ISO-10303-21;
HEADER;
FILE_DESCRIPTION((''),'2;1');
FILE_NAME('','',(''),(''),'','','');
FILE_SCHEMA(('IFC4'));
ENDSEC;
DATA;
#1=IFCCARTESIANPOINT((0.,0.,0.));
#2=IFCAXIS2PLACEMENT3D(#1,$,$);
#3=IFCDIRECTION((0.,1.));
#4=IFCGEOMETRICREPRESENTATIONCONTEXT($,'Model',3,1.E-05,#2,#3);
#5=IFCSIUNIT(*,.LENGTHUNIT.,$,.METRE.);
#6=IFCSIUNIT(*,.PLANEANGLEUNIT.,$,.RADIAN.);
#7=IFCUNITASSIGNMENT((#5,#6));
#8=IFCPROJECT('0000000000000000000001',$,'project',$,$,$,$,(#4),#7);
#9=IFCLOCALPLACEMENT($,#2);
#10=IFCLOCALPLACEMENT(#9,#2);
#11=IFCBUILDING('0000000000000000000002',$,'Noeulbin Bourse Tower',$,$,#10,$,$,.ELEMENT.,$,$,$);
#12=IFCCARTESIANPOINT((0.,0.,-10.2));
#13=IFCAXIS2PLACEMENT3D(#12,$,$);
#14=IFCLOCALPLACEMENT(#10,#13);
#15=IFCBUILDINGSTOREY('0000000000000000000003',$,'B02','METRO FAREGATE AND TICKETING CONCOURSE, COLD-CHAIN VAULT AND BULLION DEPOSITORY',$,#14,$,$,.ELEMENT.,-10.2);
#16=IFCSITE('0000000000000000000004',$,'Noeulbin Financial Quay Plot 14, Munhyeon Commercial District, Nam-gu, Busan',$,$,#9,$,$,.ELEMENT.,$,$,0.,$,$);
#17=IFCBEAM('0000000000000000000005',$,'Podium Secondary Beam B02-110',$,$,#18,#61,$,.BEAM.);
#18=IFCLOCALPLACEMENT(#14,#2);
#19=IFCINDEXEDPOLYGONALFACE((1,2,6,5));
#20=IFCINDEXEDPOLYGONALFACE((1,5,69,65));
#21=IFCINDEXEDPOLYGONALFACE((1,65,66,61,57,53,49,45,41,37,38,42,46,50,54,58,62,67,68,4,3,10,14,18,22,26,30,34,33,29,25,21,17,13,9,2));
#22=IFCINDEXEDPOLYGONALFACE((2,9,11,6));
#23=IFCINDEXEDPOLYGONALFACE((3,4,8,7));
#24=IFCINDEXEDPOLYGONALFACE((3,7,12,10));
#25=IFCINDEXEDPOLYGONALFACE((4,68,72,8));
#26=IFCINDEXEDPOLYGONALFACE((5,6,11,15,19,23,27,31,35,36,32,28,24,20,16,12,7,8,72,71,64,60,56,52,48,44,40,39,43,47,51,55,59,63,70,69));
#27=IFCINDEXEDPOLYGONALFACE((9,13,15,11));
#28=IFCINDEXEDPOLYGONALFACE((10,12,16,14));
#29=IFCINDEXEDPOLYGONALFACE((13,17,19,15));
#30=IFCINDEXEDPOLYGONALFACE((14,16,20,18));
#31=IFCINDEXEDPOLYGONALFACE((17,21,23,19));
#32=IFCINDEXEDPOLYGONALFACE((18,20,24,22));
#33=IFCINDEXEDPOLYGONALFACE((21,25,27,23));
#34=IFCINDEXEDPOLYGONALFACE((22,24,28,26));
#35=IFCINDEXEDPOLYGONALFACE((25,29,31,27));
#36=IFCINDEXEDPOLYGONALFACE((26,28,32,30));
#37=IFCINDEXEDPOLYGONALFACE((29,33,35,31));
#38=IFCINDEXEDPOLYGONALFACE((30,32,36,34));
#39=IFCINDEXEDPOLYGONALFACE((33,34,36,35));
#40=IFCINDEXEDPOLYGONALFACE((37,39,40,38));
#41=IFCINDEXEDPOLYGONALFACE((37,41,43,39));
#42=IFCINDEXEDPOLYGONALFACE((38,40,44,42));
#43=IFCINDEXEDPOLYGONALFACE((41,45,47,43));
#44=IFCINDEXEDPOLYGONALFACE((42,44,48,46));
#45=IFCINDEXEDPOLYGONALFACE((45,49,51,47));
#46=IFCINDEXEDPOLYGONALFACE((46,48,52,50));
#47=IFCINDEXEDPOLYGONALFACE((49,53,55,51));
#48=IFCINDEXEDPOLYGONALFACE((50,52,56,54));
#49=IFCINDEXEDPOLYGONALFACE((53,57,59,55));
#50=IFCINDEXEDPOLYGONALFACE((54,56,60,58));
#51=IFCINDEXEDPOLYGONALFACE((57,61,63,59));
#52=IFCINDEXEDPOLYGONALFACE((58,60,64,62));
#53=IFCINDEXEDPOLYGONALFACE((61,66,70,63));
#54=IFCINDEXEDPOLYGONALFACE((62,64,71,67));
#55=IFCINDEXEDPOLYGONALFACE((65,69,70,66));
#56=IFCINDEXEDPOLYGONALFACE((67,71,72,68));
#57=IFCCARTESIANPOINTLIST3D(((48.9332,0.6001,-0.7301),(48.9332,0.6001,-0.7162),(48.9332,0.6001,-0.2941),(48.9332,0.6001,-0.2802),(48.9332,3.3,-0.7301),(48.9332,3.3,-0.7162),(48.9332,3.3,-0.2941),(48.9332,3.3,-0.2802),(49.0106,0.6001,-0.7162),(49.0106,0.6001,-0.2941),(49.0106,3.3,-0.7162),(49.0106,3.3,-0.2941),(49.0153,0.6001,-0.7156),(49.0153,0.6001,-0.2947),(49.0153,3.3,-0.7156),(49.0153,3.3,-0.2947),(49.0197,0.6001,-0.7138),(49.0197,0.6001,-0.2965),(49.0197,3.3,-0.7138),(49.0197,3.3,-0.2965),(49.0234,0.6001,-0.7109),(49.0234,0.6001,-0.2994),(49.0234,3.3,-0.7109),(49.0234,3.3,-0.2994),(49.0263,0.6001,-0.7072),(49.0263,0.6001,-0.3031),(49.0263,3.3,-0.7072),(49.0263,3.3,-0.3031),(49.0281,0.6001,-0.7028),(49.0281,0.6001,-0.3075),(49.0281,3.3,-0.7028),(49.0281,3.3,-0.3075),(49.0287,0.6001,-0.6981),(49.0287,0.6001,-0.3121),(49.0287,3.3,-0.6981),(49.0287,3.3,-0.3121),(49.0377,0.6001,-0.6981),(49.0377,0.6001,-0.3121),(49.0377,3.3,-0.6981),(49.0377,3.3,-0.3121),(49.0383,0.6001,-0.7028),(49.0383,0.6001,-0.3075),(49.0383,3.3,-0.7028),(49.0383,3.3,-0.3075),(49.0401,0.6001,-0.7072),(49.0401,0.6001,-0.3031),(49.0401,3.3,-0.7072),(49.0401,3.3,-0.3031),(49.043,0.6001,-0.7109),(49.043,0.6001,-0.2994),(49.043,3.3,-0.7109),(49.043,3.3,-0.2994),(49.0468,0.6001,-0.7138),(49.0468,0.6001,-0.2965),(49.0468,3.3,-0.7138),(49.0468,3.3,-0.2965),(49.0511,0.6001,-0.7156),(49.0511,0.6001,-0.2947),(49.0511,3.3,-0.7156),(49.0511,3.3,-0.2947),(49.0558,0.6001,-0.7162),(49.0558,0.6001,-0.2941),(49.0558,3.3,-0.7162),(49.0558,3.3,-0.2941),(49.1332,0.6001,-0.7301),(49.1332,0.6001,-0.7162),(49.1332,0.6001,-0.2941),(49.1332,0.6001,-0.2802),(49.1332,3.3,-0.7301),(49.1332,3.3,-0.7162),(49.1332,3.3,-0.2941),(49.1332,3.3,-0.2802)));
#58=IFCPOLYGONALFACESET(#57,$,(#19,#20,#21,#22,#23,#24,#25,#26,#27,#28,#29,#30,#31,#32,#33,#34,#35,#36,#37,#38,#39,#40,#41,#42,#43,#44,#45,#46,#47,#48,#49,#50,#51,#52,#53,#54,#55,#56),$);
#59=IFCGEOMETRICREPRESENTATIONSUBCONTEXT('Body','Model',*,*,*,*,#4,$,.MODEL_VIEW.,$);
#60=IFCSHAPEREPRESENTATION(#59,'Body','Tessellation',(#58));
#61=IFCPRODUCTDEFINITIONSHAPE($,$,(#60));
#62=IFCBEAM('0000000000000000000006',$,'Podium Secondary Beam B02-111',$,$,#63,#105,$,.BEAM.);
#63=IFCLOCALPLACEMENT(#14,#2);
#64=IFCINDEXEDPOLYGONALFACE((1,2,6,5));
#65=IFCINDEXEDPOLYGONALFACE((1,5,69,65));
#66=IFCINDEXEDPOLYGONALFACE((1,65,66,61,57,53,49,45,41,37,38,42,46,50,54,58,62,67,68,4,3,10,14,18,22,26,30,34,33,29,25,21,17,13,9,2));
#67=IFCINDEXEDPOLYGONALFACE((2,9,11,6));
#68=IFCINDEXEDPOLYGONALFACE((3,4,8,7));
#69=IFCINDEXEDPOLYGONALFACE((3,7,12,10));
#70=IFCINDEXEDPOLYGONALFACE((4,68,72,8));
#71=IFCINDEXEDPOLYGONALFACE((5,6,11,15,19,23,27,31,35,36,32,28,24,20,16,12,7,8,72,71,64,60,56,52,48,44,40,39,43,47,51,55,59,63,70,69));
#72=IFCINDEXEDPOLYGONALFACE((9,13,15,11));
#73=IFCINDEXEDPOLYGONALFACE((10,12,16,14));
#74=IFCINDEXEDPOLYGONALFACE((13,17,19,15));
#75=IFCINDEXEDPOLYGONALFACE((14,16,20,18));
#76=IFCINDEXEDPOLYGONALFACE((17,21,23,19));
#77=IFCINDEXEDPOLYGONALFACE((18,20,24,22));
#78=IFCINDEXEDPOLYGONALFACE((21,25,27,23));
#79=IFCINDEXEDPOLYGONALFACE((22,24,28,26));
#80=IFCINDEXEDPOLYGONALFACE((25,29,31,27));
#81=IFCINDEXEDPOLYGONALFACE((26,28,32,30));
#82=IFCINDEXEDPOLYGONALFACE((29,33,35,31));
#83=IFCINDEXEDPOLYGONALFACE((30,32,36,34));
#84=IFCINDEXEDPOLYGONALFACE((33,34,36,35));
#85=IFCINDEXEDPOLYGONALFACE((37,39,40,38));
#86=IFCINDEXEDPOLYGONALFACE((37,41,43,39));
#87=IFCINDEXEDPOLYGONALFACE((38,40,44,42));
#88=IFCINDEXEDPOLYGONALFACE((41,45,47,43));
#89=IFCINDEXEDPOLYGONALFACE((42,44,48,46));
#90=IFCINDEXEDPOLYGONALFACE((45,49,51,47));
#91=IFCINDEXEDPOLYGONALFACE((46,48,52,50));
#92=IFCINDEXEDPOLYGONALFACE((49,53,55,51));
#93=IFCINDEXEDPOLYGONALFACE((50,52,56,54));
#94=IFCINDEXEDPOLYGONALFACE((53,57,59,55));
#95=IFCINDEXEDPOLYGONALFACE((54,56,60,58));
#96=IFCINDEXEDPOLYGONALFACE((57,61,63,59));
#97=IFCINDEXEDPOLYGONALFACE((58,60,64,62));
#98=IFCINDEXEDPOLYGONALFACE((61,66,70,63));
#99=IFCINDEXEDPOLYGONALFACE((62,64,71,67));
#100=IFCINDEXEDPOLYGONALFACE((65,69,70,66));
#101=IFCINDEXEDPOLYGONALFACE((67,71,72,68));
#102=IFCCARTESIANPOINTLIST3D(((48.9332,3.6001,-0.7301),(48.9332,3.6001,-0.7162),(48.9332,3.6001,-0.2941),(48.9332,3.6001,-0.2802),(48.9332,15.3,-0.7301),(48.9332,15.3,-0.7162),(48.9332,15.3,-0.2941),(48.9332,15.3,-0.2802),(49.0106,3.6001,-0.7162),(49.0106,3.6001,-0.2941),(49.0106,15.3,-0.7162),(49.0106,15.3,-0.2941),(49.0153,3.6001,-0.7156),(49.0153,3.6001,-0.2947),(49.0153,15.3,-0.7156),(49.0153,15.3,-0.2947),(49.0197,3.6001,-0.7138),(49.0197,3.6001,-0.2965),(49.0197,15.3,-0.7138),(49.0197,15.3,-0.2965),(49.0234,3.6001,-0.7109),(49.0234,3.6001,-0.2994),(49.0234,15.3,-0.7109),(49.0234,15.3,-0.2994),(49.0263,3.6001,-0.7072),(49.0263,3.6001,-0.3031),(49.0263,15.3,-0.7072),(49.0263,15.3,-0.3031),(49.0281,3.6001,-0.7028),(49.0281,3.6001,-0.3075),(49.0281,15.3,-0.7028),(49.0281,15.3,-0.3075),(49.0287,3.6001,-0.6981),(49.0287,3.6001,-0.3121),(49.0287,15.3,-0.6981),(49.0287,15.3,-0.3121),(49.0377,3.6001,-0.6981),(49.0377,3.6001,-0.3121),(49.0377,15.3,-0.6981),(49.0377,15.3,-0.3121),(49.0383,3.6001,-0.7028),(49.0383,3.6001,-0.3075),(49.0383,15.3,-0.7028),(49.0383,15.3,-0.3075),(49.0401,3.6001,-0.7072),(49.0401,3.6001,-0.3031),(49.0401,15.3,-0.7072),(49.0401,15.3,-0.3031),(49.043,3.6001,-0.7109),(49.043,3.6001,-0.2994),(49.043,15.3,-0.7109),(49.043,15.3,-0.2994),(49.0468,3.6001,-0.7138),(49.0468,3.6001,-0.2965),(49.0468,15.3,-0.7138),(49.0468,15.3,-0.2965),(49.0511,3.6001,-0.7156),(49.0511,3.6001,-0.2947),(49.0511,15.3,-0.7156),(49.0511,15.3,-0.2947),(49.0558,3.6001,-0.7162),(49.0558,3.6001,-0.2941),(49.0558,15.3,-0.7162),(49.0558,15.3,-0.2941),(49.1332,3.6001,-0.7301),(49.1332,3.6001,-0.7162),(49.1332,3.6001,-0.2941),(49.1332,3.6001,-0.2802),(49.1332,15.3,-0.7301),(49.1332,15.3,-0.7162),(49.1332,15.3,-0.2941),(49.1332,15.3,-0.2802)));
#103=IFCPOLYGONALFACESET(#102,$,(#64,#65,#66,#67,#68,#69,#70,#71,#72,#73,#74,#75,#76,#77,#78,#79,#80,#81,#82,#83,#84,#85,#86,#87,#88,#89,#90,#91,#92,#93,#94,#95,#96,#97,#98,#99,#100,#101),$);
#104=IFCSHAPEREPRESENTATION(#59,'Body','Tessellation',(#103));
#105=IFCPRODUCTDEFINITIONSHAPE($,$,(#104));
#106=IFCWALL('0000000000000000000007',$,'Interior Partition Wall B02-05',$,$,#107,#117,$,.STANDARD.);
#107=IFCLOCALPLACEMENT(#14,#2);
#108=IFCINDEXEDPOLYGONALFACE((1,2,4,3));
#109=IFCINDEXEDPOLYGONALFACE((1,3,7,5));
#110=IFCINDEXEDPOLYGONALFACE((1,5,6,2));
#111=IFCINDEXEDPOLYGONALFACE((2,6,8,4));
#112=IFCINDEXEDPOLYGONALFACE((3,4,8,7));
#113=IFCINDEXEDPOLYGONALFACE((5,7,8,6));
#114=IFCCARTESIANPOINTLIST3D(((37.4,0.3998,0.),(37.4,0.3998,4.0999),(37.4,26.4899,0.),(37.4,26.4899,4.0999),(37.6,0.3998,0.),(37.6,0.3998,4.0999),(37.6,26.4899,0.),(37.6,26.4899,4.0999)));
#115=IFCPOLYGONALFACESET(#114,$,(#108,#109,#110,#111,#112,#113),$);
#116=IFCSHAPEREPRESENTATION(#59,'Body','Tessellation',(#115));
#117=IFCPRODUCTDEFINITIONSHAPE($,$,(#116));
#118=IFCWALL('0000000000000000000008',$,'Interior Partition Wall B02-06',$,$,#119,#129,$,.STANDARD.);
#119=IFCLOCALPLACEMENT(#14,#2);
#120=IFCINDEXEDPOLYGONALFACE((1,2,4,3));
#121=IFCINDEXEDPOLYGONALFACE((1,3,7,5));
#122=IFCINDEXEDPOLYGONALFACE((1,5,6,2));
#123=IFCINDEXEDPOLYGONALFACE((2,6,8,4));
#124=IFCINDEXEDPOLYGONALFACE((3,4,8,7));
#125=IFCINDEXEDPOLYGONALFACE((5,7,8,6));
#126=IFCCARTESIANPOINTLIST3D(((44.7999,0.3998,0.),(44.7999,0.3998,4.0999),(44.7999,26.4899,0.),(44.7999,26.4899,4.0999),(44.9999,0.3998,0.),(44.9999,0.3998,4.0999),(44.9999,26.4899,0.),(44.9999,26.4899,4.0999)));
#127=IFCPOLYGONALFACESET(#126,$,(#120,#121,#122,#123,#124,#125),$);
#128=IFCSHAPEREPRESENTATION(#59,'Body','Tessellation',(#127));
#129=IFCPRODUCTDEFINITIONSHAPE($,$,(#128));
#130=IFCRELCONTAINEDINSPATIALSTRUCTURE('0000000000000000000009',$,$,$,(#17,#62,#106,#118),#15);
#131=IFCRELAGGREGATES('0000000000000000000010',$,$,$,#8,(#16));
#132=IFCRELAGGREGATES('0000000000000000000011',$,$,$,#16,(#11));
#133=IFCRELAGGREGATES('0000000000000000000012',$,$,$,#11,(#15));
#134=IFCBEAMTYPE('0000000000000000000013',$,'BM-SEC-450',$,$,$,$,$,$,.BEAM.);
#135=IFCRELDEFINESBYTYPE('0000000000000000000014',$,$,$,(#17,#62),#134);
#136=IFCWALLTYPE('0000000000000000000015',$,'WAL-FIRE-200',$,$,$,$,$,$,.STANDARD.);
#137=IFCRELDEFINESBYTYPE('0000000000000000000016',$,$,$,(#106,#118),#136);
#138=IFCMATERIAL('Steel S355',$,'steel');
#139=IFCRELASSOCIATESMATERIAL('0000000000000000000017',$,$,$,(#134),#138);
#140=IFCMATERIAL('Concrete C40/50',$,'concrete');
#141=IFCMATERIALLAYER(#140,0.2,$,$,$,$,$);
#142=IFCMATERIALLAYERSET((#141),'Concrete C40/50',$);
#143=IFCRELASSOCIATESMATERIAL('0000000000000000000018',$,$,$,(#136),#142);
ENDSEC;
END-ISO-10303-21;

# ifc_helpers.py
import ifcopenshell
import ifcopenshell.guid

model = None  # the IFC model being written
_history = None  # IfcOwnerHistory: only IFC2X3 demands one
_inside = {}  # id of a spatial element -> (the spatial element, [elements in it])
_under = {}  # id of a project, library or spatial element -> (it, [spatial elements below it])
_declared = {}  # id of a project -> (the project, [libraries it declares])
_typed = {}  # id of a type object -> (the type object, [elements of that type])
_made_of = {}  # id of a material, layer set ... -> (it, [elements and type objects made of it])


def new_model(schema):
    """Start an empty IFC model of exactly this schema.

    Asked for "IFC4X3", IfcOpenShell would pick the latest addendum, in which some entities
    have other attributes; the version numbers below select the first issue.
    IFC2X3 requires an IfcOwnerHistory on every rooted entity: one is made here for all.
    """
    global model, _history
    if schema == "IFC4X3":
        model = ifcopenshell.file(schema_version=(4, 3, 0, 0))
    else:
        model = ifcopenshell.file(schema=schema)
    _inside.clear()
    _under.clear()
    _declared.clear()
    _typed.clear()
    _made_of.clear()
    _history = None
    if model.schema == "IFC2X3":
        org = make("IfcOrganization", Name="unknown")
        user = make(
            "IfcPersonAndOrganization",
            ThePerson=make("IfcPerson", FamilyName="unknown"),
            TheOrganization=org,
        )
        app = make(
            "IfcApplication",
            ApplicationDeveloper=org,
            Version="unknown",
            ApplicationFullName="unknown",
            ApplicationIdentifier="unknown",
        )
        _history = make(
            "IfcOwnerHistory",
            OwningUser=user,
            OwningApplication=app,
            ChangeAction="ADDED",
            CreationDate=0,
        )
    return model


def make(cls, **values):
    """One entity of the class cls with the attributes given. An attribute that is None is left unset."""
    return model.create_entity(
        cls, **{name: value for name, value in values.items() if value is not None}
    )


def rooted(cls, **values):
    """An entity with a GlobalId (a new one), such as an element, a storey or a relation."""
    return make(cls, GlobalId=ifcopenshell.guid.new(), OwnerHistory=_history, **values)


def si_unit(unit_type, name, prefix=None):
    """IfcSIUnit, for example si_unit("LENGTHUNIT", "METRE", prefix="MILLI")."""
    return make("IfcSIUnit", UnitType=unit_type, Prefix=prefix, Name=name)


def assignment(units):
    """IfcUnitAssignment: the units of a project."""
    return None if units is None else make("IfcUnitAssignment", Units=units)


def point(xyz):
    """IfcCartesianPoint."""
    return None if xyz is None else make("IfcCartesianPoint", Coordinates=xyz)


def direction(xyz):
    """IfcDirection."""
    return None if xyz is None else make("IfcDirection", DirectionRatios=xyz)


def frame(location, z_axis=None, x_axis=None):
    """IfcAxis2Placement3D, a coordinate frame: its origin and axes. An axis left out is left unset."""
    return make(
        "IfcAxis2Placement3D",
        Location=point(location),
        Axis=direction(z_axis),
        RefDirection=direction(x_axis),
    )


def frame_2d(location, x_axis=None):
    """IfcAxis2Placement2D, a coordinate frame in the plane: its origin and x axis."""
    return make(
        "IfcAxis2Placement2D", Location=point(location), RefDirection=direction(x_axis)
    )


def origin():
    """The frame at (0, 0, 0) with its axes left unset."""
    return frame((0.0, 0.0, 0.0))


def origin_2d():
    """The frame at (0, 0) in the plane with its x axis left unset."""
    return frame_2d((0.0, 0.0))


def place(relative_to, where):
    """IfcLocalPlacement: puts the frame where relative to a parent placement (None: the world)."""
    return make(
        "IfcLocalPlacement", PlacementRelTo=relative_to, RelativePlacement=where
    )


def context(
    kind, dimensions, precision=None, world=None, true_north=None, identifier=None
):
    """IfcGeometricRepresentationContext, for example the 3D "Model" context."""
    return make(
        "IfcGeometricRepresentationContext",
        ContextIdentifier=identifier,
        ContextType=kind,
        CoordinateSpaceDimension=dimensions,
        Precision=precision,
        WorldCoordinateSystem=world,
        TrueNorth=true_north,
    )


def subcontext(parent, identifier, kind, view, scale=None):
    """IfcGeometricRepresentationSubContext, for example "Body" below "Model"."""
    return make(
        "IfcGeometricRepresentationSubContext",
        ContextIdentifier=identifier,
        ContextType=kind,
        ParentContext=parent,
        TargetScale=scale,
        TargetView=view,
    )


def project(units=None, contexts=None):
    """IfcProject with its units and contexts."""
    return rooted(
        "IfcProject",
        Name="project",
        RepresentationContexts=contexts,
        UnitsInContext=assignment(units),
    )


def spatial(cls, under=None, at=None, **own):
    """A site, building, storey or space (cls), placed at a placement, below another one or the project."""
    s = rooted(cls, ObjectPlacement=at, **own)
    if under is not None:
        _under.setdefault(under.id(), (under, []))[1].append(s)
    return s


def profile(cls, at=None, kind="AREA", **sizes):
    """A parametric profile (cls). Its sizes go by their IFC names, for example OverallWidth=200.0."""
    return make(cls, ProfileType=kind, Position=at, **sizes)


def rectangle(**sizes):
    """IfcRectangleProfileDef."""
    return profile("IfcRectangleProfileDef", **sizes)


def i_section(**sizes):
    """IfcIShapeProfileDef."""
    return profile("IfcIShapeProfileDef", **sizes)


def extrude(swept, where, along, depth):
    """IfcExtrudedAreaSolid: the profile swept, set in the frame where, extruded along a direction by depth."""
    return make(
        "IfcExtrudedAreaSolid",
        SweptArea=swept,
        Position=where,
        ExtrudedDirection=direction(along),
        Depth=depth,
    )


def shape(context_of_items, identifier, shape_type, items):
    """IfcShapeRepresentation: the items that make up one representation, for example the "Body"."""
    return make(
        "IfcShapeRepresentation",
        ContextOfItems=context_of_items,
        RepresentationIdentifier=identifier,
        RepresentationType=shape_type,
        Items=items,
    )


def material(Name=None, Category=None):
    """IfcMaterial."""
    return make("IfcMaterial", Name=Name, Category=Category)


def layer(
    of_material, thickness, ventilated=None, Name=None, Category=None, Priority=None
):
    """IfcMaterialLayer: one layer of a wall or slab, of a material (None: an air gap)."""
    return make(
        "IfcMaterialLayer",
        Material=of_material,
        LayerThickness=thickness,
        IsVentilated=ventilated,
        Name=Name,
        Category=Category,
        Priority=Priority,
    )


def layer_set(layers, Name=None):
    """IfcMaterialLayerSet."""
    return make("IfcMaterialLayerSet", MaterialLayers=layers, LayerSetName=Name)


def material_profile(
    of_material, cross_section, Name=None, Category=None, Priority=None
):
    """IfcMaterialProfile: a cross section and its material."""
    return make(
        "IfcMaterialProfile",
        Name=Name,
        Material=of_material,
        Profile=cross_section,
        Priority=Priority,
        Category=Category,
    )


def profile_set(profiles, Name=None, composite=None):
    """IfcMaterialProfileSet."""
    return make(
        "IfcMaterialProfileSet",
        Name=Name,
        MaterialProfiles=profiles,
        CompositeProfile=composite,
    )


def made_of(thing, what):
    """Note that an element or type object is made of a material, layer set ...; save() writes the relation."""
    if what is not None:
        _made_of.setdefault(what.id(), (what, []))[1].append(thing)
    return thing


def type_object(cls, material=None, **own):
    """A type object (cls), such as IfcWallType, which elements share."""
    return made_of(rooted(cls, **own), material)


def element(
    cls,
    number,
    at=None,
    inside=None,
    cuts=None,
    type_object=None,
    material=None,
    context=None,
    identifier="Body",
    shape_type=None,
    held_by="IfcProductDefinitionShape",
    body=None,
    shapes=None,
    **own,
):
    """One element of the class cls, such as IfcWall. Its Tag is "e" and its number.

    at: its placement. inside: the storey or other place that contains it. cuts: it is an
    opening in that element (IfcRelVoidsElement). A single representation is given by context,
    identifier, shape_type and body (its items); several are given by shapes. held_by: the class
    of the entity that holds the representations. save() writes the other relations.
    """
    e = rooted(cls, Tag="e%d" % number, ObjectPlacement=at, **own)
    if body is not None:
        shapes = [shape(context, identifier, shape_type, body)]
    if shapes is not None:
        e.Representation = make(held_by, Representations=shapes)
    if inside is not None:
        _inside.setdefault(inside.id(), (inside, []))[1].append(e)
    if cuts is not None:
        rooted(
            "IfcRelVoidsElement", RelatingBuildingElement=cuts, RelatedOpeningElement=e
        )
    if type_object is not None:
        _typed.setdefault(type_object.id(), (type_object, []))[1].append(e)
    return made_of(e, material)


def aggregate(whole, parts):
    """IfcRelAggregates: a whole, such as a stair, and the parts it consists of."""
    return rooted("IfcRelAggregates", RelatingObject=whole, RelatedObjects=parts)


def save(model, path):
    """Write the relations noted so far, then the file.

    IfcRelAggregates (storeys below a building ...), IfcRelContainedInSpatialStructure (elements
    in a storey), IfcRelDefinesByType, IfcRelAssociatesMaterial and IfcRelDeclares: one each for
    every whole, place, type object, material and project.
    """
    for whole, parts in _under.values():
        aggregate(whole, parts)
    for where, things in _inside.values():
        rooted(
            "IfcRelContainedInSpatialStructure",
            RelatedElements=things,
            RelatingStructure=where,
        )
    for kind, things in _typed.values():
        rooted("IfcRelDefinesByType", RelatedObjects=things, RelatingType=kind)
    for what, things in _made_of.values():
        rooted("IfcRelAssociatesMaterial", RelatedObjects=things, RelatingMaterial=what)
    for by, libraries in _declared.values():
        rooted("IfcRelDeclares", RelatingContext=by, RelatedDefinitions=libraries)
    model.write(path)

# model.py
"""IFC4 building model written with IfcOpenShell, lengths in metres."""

from ifc_helpers import new_model, si_unit, direction, frame, frame_2d, origin, origin_2d, place, context, subcontext, project, spatial, rectangle, i_section, extrude, material, layer, layer_set, material_profile, profile_set, type_object, element, save


model = new_model("IFC4")

# Units and contexts
model_context = context("Model", 3, precision=1e-05, world=origin(), true_north=direction((0.0, 1.0)))
body_context = subcontext(model_context, "Body", "Model", "MODEL_VIEW")
ifc_project = project(units=[si_unit("LENGTHUNIT", "METRE"), si_unit("PLANEANGLEUNIT", "RADIAN")], contexts=[model_context])

# Site, building, storey
site_placement = place(None, origin())
site = spatial("IfcSite", under=ifc_project, at=site_placement, Name="Noeulbin Financial Quay Plot 14, Munhyeon Commercial District, Nam-gu, Busan", CompositionType="ELEMENT", RefElevation=0.0)
building_placement = place(site_placement, origin())
building = spatial("IfcBuilding", under=site, at=building_placement, Name="Noeulbin Bourse Tower", CompositionType="ELEMENT")
storey_placement = place(building_placement, frame((0.0, 0.0, -10.2)))
storey = spatial("IfcBuildingStorey", under=building, at=storey_placement, Name="B02", Description="METRO FAREGATE AND TICKETING CONCOURSE, COLD-CHAIN VAULT AND BULLION DEPOSITORY", CompositionType="ELEMENT", Elevation=-10.2)

# Beams
ifc_material_1 = material(Name="Steel S355", Category="steel")
ifc_material_profile_1 = material_profile(ifc_material_1, i_section(OverallWidth=0.2, OverallDepth=0.45, WebThickness=0.009, FlangeThickness=0.0139, FilletRadius=0.0181, at=origin_2d()), Name="H-450x200x9x14", Category="LoadBearing")
ifc_profile_set_1 = profile_set([ifc_material_profile_1], Name="Steel S355")
beam_type_1 = type_object("IfcBeamType", Name="BM-SEC-450", PredefinedType="BEAM", material=ifc_profile_set_1)
beam_1_placement = place(storey_placement, frame((49.0332, 0.6001, -0.5051), z_axis=(0.0, 1.0, 0.0), x_axis=(-1.0, 0.0, 0.0)))
element("IfcBeam", 1, at=beam_1_placement, inside=storey, type_object=beam_type_1, Name="Podium Secondary Beam B02-110", PredefinedType="BEAM", context=body_context, shape_type="SweptSolid", body=[
    extrude(i_section(OverallWidth=0.2, OverallDepth=0.45, WebThickness=0.009, FlangeThickness=0.0139, FilletRadius=0.0181, at=origin_2d()), origin(), (0.0, 0.0, 1.0), 2.7),
])
beam_2_placement = place(storey_placement, frame((49.0332, 3.6001, -0.5051), z_axis=(0.0, 1.0, 0.0), x_axis=(-1.0, 0.0, 0.0)))
element("IfcBeam", 2, at=beam_2_placement, inside=storey, type_object=beam_type_1, Name="Podium Secondary Beam B02-111", PredefinedType="BEAM", context=body_context, shape_type="SweptSolid", body=[
    extrude(i_section(OverallWidth=0.2, OverallDepth=0.45, WebThickness=0.009, FlangeThickness=0.0139, FilletRadius=0.0181, at=origin_2d()), origin(), (0.0, 0.0, 1.0), 11.7),
])

# Walls
ifc_material_2 = material(Name="Concrete C40/50", Category="concrete")
ifc_layer = layer(ifc_material_2, 0.2)
ifc_layer_set = layer_set([ifc_layer], Name="Concrete C40/50")
wall_type = type_object("IfcWallType", Name="WAL-FIRE-200", PredefinedType="STANDARD", material=ifc_layer_set)
for number, where, z_axis, x_axis, name in (
    (3, (37.5, 0.3999, 0.0), (0.0, 0.0, 1.0), (0.0, 1.0, 0.0), "Interior Partition Wall B02-05"),
    (4, (44.8999, 0.3999, 0.0), (0.0, 0.0, 1.0), (0.0, 1.0, 0.0), "Interior Partition Wall B02-06"),
):
    element("IfcWall", number, at=place(storey_placement, frame(where, z_axis=z_axis, x_axis=x_axis)), inside=storey, type_object=wall_type, Name=name, PredefinedType="STANDARD", context=body_context, shape_type="SweptSolid", body=[
        extrude(rectangle(XDim=26.0901, YDim=0.2, at=frame_2d((13.0449, 0.0))), origin(), (0.0, 0.0, 1.0), 4.0999),
    ])

save(model, "model.ifc")
